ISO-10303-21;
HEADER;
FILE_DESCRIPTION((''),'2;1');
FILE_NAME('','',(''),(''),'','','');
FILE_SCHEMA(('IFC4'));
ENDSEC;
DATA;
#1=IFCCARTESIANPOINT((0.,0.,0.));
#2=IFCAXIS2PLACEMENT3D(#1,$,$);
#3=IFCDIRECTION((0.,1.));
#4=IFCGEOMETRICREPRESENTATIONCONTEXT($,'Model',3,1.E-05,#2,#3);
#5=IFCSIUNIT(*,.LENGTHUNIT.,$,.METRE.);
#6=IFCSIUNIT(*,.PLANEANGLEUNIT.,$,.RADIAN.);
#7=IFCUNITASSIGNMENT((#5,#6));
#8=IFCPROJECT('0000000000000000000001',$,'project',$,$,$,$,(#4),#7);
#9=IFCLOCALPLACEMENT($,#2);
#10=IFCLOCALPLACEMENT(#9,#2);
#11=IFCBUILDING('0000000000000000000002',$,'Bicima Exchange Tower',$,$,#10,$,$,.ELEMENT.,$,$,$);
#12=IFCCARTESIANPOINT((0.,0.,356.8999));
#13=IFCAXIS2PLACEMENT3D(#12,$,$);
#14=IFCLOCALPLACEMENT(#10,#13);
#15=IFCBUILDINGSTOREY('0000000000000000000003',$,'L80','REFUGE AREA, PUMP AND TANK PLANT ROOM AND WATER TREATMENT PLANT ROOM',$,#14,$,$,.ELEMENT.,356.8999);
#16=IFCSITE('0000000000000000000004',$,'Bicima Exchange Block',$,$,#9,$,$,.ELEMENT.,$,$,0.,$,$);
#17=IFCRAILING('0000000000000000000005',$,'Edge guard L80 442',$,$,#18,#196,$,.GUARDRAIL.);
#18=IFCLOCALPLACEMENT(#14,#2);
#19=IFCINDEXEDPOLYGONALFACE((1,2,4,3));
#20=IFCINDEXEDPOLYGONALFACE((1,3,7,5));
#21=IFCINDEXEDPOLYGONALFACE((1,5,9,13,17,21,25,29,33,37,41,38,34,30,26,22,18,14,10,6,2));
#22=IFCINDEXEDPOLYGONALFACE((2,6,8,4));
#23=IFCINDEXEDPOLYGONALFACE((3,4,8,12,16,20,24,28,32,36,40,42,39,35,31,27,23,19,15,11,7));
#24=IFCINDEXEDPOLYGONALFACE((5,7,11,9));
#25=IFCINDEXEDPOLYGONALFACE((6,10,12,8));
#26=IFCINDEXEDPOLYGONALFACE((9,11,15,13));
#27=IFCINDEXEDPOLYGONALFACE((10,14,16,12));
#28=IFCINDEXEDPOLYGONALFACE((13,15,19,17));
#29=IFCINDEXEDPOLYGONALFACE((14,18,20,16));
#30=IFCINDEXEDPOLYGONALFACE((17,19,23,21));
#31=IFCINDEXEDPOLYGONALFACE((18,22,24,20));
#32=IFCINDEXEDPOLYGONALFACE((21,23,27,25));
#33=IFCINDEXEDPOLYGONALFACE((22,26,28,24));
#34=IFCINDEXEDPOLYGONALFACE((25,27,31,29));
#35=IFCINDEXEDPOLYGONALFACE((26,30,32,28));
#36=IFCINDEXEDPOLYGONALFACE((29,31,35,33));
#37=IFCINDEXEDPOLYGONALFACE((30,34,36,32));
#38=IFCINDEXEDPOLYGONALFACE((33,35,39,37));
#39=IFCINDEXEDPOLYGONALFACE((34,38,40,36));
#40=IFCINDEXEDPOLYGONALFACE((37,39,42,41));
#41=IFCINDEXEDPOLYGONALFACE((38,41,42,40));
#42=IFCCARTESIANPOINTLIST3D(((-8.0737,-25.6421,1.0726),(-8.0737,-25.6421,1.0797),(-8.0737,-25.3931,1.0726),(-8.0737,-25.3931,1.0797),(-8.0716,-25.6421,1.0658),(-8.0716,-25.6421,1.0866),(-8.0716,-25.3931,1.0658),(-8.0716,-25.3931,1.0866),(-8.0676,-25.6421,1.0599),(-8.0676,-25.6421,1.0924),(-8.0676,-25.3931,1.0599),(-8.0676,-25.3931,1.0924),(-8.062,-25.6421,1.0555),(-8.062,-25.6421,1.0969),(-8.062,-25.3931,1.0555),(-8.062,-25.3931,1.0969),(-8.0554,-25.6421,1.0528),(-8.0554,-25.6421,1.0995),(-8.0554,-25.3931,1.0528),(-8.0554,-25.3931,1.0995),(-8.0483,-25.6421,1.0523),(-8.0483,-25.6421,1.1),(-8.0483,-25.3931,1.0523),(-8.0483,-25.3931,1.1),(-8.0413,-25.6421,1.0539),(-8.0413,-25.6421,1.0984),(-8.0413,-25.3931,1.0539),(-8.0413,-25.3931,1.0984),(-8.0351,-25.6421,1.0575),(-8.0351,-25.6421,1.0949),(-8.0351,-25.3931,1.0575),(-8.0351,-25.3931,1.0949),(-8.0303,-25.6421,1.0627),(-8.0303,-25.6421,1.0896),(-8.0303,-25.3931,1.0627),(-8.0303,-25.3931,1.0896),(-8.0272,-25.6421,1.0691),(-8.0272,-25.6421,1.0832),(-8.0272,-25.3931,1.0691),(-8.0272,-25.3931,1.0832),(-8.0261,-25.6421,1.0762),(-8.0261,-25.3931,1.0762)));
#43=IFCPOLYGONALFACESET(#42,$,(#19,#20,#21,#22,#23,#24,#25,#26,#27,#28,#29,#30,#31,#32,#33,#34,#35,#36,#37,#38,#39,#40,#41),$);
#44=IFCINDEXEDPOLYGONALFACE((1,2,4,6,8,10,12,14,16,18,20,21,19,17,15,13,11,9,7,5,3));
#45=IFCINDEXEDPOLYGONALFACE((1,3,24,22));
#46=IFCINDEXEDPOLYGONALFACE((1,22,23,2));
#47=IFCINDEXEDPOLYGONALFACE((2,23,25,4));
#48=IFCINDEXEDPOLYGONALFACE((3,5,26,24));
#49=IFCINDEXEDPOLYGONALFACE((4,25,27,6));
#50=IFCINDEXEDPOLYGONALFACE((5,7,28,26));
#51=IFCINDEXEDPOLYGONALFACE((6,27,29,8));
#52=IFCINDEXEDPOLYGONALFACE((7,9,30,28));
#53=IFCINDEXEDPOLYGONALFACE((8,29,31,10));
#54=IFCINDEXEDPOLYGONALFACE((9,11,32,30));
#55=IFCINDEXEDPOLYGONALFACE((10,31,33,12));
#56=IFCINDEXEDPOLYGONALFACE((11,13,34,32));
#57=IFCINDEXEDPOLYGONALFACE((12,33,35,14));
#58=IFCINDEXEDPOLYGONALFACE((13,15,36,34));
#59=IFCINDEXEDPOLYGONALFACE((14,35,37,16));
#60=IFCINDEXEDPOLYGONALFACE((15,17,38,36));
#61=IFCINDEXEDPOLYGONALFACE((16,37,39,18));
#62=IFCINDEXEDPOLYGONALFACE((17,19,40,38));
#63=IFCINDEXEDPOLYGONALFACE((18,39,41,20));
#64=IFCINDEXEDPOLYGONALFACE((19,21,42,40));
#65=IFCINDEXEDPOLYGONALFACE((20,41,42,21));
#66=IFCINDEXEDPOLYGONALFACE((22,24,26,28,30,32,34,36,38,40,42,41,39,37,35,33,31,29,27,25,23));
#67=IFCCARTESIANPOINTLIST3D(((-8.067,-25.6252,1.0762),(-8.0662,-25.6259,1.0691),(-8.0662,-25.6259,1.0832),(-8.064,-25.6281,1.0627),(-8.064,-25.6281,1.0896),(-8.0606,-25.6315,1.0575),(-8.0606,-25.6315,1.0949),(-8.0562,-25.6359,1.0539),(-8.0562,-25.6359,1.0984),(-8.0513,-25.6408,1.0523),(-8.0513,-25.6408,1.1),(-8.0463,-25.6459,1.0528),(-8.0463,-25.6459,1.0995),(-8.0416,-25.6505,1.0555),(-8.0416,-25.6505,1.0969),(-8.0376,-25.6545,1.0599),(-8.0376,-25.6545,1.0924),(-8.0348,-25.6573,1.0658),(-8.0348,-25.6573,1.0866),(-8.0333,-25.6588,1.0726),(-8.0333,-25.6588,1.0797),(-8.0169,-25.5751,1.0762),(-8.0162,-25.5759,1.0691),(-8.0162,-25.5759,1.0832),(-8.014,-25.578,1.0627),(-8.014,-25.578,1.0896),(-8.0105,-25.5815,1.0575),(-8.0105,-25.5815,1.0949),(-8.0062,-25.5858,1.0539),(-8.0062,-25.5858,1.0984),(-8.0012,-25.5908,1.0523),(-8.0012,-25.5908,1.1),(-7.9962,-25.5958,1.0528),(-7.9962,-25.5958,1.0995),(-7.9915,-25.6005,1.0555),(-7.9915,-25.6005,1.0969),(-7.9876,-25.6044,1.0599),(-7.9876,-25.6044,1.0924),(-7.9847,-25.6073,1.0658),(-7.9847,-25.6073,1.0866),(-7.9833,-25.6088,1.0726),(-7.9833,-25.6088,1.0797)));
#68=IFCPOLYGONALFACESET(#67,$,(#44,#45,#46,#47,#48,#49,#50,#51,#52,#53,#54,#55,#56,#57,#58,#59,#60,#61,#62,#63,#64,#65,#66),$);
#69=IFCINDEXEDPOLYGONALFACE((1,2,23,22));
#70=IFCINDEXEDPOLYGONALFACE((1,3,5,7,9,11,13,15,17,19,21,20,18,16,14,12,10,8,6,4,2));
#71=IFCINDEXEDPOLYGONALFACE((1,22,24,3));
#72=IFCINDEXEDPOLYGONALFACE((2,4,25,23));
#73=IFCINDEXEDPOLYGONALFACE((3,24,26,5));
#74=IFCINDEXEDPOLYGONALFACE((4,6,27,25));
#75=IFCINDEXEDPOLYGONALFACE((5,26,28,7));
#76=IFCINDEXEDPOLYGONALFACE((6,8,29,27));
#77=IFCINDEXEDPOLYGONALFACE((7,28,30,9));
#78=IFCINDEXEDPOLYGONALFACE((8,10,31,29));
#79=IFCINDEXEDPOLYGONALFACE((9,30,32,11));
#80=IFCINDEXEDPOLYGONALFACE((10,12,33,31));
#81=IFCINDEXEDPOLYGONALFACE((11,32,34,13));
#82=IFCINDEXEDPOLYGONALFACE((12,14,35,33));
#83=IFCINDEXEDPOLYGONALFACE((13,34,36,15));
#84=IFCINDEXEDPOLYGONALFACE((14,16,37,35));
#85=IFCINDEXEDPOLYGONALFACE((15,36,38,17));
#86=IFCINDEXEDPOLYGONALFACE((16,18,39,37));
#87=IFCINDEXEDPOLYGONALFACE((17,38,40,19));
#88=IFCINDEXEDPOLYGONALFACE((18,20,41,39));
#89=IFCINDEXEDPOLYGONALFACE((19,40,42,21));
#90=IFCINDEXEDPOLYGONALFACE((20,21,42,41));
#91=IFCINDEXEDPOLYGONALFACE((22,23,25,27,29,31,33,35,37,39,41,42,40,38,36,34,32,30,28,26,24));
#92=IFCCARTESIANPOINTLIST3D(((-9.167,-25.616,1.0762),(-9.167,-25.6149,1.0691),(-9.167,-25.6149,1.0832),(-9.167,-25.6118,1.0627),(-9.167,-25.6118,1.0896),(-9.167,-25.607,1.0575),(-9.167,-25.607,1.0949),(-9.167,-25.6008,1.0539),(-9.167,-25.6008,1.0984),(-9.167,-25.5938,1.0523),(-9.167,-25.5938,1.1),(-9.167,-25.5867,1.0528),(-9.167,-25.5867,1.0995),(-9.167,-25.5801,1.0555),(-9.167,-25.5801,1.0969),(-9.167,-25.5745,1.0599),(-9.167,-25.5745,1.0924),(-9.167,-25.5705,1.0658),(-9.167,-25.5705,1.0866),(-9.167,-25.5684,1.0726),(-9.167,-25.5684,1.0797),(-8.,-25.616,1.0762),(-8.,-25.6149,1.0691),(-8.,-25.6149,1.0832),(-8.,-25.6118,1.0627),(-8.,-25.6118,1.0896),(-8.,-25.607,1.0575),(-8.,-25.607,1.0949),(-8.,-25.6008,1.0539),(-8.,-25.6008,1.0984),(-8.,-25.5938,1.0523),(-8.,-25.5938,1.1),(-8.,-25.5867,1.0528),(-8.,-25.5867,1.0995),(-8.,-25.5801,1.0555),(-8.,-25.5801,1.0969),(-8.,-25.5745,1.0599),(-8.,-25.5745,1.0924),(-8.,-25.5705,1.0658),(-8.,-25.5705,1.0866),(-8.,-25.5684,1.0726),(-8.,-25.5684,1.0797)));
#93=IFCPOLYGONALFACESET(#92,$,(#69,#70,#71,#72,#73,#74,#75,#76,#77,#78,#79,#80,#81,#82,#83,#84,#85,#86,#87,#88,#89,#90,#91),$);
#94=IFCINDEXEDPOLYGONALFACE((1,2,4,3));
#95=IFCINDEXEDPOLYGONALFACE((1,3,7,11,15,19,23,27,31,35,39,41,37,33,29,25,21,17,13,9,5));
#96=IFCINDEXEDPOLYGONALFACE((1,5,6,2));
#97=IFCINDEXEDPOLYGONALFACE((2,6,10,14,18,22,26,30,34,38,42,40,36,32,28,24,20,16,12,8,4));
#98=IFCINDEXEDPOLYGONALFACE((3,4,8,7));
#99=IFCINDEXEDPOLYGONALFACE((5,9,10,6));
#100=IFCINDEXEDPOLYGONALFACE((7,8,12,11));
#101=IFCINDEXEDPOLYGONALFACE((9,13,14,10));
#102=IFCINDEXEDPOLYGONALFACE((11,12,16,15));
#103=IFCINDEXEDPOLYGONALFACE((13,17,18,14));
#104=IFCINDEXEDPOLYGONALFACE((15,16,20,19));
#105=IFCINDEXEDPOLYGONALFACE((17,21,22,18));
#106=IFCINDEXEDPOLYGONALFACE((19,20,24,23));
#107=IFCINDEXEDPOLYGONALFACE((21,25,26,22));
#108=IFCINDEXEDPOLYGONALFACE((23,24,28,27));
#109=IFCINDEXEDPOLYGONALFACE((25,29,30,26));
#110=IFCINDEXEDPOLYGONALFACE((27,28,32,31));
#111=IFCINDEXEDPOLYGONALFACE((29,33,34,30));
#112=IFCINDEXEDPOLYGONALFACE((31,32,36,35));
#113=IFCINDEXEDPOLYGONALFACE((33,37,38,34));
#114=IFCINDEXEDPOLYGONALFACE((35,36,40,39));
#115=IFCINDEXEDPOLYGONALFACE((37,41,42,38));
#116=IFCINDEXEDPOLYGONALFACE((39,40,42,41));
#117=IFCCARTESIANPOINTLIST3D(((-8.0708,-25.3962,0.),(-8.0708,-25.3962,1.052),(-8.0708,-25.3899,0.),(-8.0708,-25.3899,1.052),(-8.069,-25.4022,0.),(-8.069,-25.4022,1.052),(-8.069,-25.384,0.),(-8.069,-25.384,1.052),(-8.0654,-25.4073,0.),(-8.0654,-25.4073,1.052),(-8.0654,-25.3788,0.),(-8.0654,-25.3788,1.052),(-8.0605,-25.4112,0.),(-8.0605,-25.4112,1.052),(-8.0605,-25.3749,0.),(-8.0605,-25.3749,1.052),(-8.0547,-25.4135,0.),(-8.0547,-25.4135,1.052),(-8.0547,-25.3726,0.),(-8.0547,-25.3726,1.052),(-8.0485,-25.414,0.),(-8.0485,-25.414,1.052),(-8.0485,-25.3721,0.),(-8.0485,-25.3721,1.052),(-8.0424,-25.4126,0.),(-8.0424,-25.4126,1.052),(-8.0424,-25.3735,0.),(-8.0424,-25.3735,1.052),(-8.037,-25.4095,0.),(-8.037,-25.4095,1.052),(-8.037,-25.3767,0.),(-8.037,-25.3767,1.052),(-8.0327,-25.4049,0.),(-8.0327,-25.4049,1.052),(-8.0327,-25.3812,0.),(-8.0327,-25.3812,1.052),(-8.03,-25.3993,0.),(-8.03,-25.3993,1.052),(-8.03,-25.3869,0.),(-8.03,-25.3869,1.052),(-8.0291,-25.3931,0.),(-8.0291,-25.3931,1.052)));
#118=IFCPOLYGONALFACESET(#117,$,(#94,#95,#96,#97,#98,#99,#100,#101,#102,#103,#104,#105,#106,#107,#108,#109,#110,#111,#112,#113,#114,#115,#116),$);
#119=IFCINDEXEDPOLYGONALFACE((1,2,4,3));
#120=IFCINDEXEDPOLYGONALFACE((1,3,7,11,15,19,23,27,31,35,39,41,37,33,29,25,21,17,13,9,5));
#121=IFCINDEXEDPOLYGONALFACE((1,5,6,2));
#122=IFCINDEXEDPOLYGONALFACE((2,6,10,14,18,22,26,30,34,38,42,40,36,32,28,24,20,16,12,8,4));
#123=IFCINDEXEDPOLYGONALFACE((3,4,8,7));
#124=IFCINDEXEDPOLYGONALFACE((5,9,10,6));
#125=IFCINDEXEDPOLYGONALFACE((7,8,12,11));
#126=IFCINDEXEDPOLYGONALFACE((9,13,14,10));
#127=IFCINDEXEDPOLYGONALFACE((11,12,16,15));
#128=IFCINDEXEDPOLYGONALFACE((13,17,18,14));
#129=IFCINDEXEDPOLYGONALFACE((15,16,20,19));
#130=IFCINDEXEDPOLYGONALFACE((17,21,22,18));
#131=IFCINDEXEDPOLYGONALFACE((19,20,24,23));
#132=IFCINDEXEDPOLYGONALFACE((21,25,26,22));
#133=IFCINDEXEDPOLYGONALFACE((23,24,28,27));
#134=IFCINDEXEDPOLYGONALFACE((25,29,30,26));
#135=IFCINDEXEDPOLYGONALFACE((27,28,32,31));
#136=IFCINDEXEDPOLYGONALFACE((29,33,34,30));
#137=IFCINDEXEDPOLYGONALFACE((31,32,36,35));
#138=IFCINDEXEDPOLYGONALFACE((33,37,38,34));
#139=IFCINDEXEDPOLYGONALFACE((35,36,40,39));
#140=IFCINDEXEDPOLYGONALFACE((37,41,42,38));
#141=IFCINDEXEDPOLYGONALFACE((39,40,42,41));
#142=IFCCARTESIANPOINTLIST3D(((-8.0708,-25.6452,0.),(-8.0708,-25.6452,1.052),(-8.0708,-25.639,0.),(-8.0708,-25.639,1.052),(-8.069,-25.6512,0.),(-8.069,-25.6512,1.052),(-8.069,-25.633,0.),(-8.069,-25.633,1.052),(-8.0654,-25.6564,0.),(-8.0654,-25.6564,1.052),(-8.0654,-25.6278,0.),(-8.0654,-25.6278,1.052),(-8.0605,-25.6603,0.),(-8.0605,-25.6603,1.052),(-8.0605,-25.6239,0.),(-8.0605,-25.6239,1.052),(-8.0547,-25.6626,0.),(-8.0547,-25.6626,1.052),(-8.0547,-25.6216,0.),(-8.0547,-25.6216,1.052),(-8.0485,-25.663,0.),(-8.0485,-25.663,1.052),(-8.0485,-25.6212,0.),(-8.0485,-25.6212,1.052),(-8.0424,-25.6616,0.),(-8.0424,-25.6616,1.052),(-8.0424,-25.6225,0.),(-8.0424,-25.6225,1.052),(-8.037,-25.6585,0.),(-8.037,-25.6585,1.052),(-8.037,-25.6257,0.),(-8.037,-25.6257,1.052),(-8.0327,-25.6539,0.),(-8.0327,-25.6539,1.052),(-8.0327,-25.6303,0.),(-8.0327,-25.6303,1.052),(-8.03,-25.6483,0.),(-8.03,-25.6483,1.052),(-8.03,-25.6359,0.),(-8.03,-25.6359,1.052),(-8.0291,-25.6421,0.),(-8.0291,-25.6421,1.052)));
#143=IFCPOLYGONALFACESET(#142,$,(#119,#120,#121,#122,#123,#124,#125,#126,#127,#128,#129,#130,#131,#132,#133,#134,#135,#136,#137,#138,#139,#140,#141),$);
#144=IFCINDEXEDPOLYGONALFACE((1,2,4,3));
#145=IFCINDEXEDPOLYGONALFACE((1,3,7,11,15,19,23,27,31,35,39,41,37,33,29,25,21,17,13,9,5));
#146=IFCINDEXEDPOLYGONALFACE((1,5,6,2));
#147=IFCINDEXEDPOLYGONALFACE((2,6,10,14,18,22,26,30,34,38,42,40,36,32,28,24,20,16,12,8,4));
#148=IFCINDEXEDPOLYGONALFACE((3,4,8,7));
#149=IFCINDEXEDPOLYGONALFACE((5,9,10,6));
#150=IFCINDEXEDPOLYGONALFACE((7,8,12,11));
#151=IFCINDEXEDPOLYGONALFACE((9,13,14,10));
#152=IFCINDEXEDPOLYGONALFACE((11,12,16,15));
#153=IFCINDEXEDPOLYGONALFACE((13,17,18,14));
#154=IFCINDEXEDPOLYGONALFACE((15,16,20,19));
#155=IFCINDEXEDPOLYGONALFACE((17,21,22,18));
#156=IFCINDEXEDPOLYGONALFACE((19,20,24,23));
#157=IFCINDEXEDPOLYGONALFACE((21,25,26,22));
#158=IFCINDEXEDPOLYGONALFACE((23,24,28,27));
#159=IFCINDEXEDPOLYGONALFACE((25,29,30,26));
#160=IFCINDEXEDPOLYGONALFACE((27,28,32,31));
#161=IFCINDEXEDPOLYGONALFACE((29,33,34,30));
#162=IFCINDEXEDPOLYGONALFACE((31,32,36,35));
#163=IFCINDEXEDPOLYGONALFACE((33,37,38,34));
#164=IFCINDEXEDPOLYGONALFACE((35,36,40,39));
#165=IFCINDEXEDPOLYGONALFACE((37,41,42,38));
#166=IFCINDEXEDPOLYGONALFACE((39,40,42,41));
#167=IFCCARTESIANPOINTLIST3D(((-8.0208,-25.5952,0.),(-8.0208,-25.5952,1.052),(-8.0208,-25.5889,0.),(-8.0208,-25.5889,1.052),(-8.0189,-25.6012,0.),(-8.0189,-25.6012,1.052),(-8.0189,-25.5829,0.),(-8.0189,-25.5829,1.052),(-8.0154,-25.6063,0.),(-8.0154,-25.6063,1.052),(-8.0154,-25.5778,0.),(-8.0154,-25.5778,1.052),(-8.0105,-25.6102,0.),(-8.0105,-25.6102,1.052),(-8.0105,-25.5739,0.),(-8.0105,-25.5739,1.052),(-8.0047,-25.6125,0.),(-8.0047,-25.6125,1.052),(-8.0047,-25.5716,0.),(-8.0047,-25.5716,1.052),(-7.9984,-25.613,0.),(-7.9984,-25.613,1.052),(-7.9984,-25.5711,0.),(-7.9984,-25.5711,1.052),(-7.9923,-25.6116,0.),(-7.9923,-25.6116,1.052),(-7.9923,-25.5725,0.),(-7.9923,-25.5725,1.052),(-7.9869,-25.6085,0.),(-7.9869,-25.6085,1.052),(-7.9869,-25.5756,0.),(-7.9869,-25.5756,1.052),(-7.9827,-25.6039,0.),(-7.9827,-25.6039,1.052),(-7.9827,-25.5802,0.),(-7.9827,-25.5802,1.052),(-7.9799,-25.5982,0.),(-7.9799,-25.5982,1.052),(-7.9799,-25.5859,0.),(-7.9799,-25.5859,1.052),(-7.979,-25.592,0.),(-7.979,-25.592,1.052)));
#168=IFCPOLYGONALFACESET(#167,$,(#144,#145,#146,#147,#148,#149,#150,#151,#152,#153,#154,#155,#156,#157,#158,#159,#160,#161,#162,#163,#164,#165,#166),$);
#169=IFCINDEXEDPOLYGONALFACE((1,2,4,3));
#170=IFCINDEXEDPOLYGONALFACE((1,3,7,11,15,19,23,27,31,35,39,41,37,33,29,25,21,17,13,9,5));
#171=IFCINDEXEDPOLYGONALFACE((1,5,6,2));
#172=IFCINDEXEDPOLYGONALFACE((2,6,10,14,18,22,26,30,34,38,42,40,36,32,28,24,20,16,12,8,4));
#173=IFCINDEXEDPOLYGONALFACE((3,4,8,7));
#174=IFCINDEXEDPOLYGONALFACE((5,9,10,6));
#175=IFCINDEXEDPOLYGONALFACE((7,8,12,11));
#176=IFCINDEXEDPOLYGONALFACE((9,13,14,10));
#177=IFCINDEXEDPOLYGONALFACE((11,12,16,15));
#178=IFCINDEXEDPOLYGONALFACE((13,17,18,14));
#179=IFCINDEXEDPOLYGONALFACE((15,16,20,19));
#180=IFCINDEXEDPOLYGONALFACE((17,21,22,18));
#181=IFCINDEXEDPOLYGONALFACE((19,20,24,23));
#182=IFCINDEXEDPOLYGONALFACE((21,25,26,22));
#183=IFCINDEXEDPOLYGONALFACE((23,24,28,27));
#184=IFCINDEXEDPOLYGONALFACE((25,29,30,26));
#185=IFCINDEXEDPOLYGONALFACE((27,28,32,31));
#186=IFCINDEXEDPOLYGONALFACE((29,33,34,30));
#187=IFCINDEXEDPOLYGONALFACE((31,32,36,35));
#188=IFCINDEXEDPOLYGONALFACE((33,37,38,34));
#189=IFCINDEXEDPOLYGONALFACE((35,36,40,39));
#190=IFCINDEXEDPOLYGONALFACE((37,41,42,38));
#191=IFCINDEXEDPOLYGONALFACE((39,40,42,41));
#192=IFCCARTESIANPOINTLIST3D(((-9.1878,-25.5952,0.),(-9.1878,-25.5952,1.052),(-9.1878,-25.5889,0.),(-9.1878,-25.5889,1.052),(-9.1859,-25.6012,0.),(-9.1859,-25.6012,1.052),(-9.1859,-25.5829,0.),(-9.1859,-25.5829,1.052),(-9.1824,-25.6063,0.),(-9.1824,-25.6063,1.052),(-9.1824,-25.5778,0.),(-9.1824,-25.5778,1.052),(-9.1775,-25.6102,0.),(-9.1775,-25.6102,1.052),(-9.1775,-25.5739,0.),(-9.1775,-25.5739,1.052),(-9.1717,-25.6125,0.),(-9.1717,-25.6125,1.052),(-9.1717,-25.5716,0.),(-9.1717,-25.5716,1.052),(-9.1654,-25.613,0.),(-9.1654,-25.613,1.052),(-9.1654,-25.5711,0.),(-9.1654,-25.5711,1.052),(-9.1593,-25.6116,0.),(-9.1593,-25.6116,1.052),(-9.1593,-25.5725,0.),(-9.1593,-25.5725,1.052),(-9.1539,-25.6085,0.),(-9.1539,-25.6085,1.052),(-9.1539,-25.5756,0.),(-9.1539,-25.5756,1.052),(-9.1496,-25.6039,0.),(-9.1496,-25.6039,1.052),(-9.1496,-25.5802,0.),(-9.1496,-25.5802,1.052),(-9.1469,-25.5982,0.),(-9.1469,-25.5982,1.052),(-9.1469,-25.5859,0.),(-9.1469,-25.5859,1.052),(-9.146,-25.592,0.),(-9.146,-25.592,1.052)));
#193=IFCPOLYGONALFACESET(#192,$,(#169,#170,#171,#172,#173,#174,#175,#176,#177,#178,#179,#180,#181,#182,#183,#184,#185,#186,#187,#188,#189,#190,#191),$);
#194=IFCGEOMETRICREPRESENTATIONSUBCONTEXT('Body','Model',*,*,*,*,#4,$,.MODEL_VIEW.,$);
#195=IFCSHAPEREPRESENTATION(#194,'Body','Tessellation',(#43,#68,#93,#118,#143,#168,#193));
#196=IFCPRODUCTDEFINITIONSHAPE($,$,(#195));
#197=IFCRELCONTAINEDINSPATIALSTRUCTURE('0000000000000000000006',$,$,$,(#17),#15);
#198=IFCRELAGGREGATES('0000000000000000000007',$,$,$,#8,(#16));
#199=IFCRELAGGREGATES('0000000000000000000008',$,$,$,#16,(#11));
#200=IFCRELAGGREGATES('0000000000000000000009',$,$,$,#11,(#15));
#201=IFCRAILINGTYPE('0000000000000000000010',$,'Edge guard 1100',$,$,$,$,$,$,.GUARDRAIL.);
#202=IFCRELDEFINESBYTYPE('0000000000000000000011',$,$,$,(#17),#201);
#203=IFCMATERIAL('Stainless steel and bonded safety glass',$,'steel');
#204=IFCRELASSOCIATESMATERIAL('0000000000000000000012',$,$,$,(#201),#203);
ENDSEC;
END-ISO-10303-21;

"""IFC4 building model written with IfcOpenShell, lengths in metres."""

from ifc_helpers import new_model, si_unit, direction, frame, origin, origin_2d, place, context, subcontext, project, spatial, circle, extrude, material, type_object, element, save


model = new_model("IFC4")

# Units and contexts
model_context = context("Model", 3, precision=1e-05, world=origin(), true_north=direction((0.0, 1.0)))
body_context = subcontext(model_context, "Body", "Model", "MODEL_VIEW")
ifc_project = project(units=[si_unit("LENGTHUNIT", "METRE"), si_unit("PLANEANGLEUNIT", "RADIAN")], contexts=[model_context])

# Site, building, storey
site_placement = place(None, origin())
site = spatial("IfcSite", under=ifc_project, at=site_placement, Name="Bicima Exchange Block", CompositionType="ELEMENT", RefElevation=0.0)
building_placement = place(site_placement, origin())
building = spatial("IfcBuilding", under=site, at=building_placement, Name="Bicima Exchange Tower", CompositionType="ELEMENT")
storey_placement = place(building_placement, frame((0.0, 0.0, 356.8999)))
storey = spatial("IfcBuildingStorey", under=building, at=storey_placement, Name="L80", Description="REFUGE AREA, PUMP AND TANK PLANT ROOM AND WATER TREATMENT PLANT ROOM", CompositionType="ELEMENT", Elevation=356.8999)

# Railing
ifc_material_1 = material(Name="Stainless steel and bonded safety glass", Category="steel")
railing_type = type_object("IfcRailingType", Name="Edge guard 1100", PredefinedType="GUARDRAIL", material=ifc_material_1)
railing_placement = place(storey_placement, frame((-8.05, -25.3931, 0.0)))
element("IfcRailing", 1, at=railing_placement, inside=storey, type_object=railing_type, Name="Edge guard L80 442", PredefinedType="GUARDRAIL", context=body_context, shape_type="SweptSolid", body=[
    extrude(circle(Radius=0.0239, at=origin_2d()), frame((0.0, 0.0, 1.0762), z_axis=(0.0, -1.0, 0.0), x_axis=(1.0, 0.0, 0.0)), (0.0, 0.0, 1.0), 0.249),
    extrude(circle(Radius=0.0239, at=origin_2d()), frame((0.0, -0.249, 1.0762), z_axis=(0.707107, 0.707107, 0.0), x_axis=(-0.707107, 0.707107, 0.0)), (0.0, 0.0, 1.0), 0.0708),
    extrude(circle(Radius=0.0239, at=origin_2d()), frame((0.05, -0.199, 1.0762), z_axis=(-1.0, 0.0, 0.0), x_axis=(0.0, -1.0, 0.0)), (0.0, 0.0, 1.0), 1.167),
    extrude(circle(Radius=0.021, at=origin_2d()), origin(), (0.0, 0.0, 1.0), 1.052),
    extrude(circle(Radius=0.021, at=origin_2d()), frame((0.0, -0.249, 0.0)), (0.0, 0.0, 1.0), 1.052),
    extrude(circle(Radius=0.021, at=origin_2d()), frame((0.05, -0.199, 0.0)), (0.0, 0.0, 1.0), 1.052),
    extrude(circle(Radius=0.021, at=origin_2d()), frame((-1.1169, -0.199, 0.0)), (0.0, 0.0, 1.0), 1.052),
])

save(model, "model.ifc")
